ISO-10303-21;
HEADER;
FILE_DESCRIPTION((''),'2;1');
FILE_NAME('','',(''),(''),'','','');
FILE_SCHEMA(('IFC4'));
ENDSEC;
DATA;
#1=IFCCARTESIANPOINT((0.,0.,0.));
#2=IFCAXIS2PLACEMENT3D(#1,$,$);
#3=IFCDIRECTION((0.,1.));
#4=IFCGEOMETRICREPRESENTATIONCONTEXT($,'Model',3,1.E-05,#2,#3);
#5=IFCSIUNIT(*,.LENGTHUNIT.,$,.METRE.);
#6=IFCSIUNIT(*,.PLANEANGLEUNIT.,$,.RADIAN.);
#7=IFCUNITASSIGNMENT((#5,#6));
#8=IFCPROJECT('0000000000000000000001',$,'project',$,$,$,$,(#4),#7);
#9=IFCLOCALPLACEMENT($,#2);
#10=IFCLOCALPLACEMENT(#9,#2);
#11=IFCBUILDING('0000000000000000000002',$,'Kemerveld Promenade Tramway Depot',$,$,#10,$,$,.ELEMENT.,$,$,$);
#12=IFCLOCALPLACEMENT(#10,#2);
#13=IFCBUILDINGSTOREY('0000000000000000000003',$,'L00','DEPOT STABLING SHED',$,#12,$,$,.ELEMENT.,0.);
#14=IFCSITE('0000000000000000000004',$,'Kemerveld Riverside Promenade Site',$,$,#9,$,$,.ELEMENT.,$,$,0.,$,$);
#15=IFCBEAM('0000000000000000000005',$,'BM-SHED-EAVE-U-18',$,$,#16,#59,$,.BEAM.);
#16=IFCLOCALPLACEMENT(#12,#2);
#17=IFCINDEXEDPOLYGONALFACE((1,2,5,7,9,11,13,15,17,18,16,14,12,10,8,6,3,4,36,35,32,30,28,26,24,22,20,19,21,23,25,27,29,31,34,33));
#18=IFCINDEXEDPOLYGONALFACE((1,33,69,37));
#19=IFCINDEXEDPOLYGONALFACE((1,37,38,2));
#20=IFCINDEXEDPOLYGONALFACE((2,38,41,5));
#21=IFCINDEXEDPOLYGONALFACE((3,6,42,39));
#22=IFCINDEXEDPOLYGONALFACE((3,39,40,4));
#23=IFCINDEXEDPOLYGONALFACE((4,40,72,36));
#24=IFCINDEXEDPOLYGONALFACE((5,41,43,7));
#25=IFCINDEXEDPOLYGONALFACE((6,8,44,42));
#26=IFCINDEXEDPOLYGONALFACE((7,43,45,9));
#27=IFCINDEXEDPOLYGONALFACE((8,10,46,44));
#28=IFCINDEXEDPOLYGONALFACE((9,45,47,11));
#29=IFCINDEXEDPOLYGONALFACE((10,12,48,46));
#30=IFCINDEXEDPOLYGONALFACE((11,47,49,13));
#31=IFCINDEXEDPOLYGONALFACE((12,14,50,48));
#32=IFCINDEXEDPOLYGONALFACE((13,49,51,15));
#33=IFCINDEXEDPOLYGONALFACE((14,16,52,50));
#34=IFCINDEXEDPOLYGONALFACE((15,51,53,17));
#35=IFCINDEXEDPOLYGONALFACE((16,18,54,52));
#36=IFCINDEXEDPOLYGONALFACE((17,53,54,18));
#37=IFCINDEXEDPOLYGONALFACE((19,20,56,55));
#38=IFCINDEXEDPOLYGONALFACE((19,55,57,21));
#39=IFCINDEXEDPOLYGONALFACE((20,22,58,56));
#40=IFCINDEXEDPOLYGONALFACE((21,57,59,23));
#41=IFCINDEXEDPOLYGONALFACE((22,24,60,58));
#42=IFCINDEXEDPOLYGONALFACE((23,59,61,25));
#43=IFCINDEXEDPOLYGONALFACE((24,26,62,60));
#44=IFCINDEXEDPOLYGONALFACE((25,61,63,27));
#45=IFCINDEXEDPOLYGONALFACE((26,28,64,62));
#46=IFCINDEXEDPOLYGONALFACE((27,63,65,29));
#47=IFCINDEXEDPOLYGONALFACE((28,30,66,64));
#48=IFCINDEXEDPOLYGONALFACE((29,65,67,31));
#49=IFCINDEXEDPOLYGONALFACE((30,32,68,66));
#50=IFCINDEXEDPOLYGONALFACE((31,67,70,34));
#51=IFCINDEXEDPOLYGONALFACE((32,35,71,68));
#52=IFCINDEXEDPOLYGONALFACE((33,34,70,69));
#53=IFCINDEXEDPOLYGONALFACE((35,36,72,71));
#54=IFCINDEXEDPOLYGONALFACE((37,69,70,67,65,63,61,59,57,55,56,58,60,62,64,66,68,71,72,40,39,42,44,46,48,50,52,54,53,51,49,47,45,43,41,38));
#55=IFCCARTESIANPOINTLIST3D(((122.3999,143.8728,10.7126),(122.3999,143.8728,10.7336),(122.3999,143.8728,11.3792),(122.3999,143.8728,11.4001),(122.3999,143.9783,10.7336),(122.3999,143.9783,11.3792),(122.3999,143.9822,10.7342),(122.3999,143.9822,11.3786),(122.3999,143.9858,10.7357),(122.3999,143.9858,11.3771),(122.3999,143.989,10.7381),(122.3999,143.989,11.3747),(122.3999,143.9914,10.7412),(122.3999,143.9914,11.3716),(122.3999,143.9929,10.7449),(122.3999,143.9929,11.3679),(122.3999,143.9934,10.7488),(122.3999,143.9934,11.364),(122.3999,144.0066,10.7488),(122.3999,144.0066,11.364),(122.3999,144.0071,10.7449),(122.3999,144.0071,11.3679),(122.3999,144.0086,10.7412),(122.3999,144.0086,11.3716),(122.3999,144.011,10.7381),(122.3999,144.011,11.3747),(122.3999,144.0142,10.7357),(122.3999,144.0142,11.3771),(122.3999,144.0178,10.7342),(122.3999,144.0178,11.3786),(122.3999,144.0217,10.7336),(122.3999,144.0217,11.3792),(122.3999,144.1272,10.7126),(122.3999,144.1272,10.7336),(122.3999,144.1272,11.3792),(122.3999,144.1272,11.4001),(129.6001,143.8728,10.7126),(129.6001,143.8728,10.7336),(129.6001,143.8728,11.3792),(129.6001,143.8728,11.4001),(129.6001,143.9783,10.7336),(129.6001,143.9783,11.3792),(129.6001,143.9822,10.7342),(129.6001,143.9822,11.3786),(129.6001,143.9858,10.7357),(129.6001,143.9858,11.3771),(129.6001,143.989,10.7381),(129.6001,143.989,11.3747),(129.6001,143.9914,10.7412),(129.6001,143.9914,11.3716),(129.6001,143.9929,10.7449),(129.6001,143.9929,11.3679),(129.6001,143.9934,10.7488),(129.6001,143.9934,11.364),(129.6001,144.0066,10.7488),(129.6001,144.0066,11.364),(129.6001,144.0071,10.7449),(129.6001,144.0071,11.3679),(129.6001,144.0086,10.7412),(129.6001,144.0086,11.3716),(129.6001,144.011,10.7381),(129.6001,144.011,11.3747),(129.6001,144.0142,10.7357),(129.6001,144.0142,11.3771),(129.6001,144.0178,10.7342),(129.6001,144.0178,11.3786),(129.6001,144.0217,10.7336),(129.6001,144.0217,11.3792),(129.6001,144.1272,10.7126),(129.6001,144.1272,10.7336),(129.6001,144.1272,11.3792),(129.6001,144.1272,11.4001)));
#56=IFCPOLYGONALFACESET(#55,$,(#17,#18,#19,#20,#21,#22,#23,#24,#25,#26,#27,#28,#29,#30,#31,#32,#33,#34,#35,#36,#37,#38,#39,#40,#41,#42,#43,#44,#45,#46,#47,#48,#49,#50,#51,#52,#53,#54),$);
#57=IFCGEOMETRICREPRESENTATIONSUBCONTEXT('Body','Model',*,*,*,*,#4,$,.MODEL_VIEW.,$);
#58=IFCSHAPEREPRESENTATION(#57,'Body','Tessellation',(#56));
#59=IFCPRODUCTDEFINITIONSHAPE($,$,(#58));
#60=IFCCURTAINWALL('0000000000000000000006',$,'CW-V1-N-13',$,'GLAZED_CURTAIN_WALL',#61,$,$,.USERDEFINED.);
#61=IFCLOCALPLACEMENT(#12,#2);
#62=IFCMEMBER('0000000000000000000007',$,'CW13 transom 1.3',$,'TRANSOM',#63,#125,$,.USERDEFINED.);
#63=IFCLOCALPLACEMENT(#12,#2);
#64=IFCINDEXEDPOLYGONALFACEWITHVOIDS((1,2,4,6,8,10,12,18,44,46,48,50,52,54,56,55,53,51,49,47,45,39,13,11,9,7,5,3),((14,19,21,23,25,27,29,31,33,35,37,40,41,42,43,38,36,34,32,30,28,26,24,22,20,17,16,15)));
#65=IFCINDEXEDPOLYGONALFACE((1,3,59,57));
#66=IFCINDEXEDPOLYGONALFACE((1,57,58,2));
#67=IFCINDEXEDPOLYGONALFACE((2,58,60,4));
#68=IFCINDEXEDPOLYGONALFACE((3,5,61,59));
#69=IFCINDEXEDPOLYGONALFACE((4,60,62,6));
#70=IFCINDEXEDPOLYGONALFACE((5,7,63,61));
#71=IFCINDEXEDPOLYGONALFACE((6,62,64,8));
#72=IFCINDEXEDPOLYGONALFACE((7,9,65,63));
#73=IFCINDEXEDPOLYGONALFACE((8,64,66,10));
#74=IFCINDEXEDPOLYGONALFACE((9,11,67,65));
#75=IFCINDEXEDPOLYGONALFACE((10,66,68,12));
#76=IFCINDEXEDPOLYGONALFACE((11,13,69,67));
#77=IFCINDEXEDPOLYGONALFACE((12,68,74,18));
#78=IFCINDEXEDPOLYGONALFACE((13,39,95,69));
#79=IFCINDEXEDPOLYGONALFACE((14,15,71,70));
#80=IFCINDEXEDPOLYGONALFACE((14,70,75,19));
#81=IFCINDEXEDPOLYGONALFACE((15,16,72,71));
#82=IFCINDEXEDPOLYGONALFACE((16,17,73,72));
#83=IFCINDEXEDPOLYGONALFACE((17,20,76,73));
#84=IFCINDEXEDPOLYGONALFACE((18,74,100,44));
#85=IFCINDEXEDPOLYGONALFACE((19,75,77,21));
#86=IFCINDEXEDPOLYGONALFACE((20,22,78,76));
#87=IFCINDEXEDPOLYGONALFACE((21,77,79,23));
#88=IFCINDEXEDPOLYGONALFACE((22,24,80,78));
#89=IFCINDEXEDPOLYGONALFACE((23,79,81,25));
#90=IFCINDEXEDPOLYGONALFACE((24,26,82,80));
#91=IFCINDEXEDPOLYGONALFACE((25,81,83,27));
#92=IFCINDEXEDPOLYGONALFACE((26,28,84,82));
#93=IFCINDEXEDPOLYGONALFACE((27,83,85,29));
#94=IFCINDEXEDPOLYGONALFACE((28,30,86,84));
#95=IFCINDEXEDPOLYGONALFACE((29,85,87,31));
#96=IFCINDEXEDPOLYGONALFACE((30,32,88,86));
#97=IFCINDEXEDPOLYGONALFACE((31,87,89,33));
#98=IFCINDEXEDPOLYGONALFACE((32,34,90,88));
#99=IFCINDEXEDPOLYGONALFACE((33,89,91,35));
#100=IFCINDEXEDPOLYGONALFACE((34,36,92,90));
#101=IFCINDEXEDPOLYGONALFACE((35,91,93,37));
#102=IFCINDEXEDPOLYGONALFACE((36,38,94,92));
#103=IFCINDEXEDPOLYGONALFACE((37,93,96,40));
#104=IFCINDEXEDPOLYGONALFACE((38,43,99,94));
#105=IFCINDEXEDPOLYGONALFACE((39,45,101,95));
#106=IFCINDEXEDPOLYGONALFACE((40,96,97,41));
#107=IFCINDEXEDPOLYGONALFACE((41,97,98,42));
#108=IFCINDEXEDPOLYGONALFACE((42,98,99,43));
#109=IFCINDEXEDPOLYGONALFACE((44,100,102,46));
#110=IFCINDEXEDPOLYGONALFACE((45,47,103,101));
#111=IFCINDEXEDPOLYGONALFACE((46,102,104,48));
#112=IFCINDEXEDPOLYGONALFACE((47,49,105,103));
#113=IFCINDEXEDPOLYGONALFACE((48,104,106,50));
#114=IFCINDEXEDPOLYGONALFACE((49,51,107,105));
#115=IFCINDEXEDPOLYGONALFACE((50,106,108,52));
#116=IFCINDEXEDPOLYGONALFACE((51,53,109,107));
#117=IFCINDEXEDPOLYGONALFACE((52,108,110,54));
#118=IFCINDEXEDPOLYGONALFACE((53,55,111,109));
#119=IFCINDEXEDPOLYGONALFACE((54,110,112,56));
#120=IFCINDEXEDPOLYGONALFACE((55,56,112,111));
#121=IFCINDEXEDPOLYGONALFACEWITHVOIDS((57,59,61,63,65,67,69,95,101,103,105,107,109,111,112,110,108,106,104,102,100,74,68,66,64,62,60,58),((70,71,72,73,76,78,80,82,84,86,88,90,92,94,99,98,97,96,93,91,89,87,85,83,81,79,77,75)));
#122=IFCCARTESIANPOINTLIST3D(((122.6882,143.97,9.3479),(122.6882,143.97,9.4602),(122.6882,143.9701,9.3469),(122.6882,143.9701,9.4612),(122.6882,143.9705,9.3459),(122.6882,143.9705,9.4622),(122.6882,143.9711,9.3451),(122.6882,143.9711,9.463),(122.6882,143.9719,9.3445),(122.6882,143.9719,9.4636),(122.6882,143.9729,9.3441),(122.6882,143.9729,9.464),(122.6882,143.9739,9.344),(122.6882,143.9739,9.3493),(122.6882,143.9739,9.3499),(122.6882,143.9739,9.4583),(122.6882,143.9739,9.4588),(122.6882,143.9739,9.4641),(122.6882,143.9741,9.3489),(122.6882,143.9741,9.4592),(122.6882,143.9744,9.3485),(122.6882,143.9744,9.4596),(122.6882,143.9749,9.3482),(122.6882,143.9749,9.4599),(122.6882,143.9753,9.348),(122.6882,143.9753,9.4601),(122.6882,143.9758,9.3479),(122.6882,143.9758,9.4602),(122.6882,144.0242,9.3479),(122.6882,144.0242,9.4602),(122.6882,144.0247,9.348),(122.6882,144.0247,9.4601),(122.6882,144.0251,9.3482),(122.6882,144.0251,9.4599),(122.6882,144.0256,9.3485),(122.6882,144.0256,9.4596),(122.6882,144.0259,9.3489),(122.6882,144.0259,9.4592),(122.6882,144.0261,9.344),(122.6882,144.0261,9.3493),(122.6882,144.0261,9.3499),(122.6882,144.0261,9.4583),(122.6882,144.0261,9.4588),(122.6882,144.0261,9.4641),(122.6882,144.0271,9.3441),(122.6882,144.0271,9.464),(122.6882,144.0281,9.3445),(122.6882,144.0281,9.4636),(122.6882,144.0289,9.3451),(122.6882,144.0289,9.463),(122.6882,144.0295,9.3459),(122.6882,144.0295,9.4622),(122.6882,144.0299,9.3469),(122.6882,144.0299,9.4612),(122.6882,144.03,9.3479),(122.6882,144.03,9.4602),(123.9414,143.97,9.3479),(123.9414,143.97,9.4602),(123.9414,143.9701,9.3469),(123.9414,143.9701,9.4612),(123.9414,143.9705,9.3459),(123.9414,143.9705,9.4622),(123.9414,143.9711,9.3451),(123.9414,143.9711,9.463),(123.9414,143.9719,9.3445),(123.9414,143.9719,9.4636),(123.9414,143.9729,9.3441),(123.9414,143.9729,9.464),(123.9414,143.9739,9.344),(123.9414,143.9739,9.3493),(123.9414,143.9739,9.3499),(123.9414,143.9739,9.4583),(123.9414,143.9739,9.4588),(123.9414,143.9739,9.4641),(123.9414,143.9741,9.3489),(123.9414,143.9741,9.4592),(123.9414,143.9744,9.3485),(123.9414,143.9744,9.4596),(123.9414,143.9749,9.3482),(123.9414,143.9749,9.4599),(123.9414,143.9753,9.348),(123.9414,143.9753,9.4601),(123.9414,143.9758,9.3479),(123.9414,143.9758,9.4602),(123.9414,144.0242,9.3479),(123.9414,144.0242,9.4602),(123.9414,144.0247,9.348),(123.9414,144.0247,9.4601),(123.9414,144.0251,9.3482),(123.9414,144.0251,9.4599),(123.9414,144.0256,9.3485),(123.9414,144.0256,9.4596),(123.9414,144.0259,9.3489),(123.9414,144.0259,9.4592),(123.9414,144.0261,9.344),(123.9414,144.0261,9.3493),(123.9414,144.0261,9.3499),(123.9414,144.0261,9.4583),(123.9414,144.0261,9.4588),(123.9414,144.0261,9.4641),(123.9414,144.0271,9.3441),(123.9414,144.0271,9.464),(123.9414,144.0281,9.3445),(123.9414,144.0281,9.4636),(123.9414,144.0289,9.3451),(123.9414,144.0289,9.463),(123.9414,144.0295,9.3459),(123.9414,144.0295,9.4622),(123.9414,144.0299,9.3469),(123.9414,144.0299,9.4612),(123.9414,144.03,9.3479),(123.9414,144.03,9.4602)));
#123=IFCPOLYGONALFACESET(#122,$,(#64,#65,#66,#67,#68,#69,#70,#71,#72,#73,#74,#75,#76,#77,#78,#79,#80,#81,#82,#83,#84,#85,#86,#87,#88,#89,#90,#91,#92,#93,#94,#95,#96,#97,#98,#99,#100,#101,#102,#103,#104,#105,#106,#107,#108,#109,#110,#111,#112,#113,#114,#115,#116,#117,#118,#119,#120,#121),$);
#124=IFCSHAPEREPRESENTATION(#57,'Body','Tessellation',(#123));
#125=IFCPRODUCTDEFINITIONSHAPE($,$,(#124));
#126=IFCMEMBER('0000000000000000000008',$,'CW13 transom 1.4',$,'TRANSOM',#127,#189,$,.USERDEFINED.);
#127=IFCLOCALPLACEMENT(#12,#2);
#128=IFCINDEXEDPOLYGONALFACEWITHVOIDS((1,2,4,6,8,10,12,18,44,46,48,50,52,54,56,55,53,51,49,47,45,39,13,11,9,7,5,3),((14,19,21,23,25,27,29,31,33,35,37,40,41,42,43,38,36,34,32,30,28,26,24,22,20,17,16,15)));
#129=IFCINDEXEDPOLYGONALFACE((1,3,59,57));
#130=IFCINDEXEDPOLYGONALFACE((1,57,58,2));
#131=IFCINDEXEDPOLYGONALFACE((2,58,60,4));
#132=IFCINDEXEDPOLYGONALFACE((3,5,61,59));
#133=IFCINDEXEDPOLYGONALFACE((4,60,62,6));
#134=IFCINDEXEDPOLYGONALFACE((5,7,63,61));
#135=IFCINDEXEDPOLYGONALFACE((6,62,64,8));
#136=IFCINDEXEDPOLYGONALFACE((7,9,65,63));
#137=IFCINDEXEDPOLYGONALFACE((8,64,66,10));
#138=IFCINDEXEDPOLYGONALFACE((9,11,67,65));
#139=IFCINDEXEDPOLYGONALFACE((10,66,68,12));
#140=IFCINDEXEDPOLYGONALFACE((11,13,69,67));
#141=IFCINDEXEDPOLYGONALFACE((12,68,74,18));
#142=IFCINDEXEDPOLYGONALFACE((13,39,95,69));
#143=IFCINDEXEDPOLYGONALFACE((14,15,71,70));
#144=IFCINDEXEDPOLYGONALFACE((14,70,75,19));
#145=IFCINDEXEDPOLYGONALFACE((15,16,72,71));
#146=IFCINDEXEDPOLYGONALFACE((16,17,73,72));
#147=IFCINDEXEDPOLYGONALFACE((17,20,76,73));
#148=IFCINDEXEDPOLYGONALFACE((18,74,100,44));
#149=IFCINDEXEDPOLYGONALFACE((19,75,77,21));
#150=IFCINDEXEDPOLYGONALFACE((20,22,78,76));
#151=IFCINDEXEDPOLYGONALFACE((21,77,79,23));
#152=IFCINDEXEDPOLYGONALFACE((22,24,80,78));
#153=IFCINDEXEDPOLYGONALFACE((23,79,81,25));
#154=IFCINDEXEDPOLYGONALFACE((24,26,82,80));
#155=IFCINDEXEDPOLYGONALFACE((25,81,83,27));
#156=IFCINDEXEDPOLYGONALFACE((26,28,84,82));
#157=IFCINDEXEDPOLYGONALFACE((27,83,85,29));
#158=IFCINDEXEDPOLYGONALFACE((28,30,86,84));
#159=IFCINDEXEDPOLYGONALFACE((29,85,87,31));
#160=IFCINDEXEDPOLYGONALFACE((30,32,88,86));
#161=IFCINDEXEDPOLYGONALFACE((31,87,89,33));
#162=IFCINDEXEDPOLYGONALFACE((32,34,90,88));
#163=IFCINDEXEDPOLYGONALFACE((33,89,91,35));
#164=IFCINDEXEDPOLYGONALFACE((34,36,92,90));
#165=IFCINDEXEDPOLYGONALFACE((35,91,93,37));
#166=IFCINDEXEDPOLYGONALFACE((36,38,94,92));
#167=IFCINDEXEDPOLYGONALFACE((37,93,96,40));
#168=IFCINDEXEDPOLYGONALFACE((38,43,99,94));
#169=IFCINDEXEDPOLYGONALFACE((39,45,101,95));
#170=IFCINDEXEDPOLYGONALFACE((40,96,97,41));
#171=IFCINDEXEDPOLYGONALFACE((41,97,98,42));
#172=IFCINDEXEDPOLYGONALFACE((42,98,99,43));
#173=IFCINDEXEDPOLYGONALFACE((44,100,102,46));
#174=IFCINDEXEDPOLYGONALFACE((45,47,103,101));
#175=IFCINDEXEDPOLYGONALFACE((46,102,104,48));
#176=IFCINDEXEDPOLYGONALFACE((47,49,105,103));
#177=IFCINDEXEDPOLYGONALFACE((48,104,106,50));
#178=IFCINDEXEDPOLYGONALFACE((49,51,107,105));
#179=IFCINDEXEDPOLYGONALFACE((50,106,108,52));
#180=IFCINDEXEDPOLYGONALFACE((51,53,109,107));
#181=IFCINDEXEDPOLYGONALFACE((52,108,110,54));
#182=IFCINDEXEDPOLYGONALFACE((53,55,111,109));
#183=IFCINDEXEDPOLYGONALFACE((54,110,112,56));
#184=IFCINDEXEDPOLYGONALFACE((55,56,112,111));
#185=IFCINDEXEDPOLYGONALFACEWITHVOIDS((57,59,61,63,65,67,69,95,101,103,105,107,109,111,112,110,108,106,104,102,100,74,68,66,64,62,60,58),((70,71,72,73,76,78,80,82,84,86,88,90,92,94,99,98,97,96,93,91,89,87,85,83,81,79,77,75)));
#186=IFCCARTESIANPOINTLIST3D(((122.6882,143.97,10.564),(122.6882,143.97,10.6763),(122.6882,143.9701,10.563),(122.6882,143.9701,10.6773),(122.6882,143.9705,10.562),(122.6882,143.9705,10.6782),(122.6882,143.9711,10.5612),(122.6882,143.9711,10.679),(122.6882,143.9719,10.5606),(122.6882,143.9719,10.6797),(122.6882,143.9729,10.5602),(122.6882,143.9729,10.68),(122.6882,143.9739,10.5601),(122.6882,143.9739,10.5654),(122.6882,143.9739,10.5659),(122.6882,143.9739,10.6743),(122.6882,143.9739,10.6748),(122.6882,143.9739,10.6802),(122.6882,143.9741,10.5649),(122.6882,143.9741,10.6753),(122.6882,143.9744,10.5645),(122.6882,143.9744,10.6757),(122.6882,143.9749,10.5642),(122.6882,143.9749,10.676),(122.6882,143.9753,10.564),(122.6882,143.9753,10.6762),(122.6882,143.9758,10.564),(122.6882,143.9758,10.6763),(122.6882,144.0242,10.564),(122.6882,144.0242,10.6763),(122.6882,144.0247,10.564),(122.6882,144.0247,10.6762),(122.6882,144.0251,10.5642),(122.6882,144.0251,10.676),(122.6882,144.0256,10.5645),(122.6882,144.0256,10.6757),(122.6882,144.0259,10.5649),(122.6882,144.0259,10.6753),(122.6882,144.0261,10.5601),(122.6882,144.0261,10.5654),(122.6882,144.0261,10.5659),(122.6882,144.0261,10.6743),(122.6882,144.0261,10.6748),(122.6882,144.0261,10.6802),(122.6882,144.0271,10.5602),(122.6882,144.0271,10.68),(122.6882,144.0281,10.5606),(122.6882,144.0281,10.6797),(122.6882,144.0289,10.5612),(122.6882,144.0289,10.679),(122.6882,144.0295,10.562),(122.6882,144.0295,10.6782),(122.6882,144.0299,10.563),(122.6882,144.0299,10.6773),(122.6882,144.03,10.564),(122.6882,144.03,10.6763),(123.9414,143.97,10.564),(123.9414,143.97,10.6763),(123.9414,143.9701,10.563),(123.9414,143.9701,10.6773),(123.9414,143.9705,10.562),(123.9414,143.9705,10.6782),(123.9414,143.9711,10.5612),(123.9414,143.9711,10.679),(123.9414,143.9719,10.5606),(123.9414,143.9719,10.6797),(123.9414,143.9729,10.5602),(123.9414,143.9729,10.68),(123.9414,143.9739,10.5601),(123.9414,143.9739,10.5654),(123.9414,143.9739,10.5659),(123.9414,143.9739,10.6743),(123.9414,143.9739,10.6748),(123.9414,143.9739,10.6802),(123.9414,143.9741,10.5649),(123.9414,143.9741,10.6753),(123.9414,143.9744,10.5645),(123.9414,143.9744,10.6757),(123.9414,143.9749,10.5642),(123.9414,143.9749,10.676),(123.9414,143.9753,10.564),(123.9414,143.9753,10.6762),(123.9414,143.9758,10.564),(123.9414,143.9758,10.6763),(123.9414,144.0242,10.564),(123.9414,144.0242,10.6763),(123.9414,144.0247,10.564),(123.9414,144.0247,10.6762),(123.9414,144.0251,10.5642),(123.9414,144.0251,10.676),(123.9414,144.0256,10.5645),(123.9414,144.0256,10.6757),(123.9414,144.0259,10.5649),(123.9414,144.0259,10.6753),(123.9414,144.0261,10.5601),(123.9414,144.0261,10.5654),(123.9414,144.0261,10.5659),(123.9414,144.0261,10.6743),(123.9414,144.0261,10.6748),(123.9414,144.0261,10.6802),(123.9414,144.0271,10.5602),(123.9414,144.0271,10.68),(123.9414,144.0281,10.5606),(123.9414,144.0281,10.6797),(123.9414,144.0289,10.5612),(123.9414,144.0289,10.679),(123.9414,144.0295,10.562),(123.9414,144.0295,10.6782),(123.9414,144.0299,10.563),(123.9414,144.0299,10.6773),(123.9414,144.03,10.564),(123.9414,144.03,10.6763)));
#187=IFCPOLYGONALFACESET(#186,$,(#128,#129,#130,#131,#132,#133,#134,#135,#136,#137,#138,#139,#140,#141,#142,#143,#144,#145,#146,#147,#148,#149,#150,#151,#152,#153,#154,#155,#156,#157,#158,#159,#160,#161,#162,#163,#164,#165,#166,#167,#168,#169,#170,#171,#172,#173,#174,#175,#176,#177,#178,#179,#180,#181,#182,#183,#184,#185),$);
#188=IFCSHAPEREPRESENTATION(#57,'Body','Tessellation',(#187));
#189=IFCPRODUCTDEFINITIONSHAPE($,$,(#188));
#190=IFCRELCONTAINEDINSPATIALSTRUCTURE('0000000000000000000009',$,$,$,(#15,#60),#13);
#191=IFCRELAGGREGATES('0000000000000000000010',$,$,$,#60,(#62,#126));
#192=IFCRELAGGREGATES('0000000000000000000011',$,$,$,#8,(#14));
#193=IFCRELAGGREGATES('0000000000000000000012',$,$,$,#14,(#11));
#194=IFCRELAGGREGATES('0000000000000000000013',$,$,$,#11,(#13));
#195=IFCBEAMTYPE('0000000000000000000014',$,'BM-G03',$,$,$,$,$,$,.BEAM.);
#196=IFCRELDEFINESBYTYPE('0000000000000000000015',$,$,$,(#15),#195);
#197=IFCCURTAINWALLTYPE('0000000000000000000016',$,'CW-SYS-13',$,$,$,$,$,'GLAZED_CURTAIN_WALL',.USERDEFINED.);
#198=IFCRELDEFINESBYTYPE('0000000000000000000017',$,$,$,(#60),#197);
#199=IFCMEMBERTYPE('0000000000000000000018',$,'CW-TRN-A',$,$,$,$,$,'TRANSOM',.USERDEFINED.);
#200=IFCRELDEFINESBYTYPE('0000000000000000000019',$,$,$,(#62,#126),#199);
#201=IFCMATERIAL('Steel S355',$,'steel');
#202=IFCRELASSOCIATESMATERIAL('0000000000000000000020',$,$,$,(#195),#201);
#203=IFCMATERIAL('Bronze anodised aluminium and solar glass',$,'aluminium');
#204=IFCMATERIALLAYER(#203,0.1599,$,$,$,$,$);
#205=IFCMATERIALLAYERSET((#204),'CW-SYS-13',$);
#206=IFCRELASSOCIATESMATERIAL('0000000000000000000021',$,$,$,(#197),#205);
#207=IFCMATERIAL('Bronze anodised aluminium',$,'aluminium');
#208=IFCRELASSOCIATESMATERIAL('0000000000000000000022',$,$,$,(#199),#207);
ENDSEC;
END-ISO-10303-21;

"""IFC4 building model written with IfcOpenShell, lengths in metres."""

from ifc_helpers import new_model, si_unit, direction, frame, origin, origin_2d, place, context, subcontext, project, spatial, hollow_rectangle, i_section, extrude, material, layer, layer_set, material_profile, profile_set, type_object, element, aggregate, save


model = new_model("IFC4")

# Units and contexts
model_context = context("Model", 3, precision=1e-05, world=origin(), true_north=direction((0.0, 1.0)))
body_context = subcontext(model_context, "Body", "Model", "MODEL_VIEW")
ifc_project = project(units=[si_unit("LENGTHUNIT", "METRE"), si_unit("PLANEANGLEUNIT", "RADIAN")], contexts=[model_context])

# Site, building, storey
site_placement = place(None, origin())
site = spatial("IfcSite", under=ifc_project, at=site_placement, Name="Kemerveld Riverside Promenade Site", CompositionType="ELEMENT", RefElevation=0.0)
building_placement = place(site_placement, origin())
building = spatial("IfcBuilding", under=site, at=building_placement, Name="Kemerveld Promenade Tramway Depot", CompositionType="ELEMENT")
storey_placement = place(building_placement, origin())
storey = spatial("IfcBuildingStorey", under=building, at=storey_placement, Name="L00", Description="DEPOT STABLING SHED", CompositionType="ELEMENT", Elevation=0.0)

# Beam
ifc_material_1 = material(Name="Steel S355", Category="steel")
ifc_material_profile_1 = material_profile(ifc_material_1, i_section(OverallWidth=0.2544, OverallDepth=0.6875, WebThickness=0.0132, FlangeThickness=0.021, FilletRadius=0.0151, at=origin_2d()), Name="686x254x152 UB")
ifc_profile_set_1 = profile_set([ifc_material_profile_1], Name="Steel S355")
beam_type = type_object("IfcBeamType", Name="BM-G03", PredefinedType="BEAM", material=ifc_profile_set_1)
beam_placement = place(storey_placement, frame((122.3999, 144.0, 11.0564), z_axis=(1.0, 0.0, 0.0), x_axis=(0.0, 1.0, 0.0)))
element("IfcBeam", 1, at=beam_placement, inside=storey, type_object=beam_type, Name="BM-SHED-EAVE-U-18", PredefinedType="BEAM", context=body_context, shape_type="SweptSolid", body=[
    extrude(i_section(OverallWidth=0.2544, OverallDepth=0.6875, WebThickness=0.0132, FlangeThickness=0.021, FilletRadius=0.0151, at=origin_2d()), origin(), (0.0, 0.0, 1.0), 7.2002),
])

# Curtain wall, members
ifc_material_2 = material(Name="Bronze anodised aluminium and solar glass", Category="aluminium")
ifc_layer_1 = layer(ifc_material_2, 0.1599)
ifc_layer_set_1 = layer_set([ifc_layer_1], Name="CW-SYS-13")
curtain_wall_type_1 = type_object("IfcCurtainWallType", Name="CW-SYS-13", ElementType="GLAZED_CURTAIN_WALL", PredefinedType="USERDEFINED", material=ifc_layer_set_1)
curtain_wall_1_placement = place(storey_placement, origin())
curtain_wall_1 = element("IfcCurtainWall", 2, at=curtain_wall_1_placement, inside=storey, type_object=curtain_wall_type_1, Name="CW-V1-N-13", ObjectType="GLAZED_CURTAIN_WALL", PredefinedType="USERDEFINED")
ifc_material_3 = material(Name="Bronze anodised aluminium", Category="aluminium")
ifc_material_profile_2 = material_profile(ifc_material_3, hollow_rectangle(XDim=0.0601, YDim=0.1201, WallThickness=0.0039, InnerFilletRadius=0.002, OuterFilletRadius=0.0039, at=origin_2d()), Name="CW-TRN-120x60")
ifc_profile_set_2 = profile_set([ifc_material_profile_2], Name="Bronze anodised aluminium")
member_type_1 = type_object("IfcMemberType", Name="CW-TRN-A", ElementType="TRANSOM", PredefinedType="USERDEFINED", material=ifc_profile_set_2)
member_1_placement = place(storey_placement, frame((122.6882, 144.0, 9.4041), z_axis=(1.0, 0.0, 0.0), x_axis=(0.0, 1.0, 0.0)))
member_1 = element("IfcMember", 3, at=member_1_placement, type_object=member_type_1, Name="CW13 transom 1.3", ObjectType="TRANSOM", PredefinedType="USERDEFINED", context=body_context, shape_type="SweptSolid", body=[
    extrude(hollow_rectangle(XDim=0.0601, YDim=0.1201, WallThickness=0.0039, InnerFilletRadius=0.002, OuterFilletRadius=0.0039, at=origin_2d()), origin(), (0.0, 0.0, 1.0), 1.2532),
])
member_2_placement = place(storey_placement, frame((122.6882, 144.0, 10.6201), z_axis=(1.0, 0.0, 0.0), x_axis=(0.0, 1.0, 0.0)))
member_2 = element("IfcMember", 4, at=member_2_placement, type_object=member_type_1, Name="CW13 transom 1.4", ObjectType="TRANSOM", PredefinedType="USERDEFINED", context=body_context, shape_type="SweptSolid", body=[
    extrude(hollow_rectangle(XDim=0.0601, YDim=0.1201, WallThickness=0.0039, InnerFilletRadius=0.002, OuterFilletRadius=0.0039, at=origin_2d()), origin(), (0.0, 0.0, 1.0), 1.2532),
])

aggregate(curtain_wall_1, [member_1, member_2])

save(model, "model.ifc")
